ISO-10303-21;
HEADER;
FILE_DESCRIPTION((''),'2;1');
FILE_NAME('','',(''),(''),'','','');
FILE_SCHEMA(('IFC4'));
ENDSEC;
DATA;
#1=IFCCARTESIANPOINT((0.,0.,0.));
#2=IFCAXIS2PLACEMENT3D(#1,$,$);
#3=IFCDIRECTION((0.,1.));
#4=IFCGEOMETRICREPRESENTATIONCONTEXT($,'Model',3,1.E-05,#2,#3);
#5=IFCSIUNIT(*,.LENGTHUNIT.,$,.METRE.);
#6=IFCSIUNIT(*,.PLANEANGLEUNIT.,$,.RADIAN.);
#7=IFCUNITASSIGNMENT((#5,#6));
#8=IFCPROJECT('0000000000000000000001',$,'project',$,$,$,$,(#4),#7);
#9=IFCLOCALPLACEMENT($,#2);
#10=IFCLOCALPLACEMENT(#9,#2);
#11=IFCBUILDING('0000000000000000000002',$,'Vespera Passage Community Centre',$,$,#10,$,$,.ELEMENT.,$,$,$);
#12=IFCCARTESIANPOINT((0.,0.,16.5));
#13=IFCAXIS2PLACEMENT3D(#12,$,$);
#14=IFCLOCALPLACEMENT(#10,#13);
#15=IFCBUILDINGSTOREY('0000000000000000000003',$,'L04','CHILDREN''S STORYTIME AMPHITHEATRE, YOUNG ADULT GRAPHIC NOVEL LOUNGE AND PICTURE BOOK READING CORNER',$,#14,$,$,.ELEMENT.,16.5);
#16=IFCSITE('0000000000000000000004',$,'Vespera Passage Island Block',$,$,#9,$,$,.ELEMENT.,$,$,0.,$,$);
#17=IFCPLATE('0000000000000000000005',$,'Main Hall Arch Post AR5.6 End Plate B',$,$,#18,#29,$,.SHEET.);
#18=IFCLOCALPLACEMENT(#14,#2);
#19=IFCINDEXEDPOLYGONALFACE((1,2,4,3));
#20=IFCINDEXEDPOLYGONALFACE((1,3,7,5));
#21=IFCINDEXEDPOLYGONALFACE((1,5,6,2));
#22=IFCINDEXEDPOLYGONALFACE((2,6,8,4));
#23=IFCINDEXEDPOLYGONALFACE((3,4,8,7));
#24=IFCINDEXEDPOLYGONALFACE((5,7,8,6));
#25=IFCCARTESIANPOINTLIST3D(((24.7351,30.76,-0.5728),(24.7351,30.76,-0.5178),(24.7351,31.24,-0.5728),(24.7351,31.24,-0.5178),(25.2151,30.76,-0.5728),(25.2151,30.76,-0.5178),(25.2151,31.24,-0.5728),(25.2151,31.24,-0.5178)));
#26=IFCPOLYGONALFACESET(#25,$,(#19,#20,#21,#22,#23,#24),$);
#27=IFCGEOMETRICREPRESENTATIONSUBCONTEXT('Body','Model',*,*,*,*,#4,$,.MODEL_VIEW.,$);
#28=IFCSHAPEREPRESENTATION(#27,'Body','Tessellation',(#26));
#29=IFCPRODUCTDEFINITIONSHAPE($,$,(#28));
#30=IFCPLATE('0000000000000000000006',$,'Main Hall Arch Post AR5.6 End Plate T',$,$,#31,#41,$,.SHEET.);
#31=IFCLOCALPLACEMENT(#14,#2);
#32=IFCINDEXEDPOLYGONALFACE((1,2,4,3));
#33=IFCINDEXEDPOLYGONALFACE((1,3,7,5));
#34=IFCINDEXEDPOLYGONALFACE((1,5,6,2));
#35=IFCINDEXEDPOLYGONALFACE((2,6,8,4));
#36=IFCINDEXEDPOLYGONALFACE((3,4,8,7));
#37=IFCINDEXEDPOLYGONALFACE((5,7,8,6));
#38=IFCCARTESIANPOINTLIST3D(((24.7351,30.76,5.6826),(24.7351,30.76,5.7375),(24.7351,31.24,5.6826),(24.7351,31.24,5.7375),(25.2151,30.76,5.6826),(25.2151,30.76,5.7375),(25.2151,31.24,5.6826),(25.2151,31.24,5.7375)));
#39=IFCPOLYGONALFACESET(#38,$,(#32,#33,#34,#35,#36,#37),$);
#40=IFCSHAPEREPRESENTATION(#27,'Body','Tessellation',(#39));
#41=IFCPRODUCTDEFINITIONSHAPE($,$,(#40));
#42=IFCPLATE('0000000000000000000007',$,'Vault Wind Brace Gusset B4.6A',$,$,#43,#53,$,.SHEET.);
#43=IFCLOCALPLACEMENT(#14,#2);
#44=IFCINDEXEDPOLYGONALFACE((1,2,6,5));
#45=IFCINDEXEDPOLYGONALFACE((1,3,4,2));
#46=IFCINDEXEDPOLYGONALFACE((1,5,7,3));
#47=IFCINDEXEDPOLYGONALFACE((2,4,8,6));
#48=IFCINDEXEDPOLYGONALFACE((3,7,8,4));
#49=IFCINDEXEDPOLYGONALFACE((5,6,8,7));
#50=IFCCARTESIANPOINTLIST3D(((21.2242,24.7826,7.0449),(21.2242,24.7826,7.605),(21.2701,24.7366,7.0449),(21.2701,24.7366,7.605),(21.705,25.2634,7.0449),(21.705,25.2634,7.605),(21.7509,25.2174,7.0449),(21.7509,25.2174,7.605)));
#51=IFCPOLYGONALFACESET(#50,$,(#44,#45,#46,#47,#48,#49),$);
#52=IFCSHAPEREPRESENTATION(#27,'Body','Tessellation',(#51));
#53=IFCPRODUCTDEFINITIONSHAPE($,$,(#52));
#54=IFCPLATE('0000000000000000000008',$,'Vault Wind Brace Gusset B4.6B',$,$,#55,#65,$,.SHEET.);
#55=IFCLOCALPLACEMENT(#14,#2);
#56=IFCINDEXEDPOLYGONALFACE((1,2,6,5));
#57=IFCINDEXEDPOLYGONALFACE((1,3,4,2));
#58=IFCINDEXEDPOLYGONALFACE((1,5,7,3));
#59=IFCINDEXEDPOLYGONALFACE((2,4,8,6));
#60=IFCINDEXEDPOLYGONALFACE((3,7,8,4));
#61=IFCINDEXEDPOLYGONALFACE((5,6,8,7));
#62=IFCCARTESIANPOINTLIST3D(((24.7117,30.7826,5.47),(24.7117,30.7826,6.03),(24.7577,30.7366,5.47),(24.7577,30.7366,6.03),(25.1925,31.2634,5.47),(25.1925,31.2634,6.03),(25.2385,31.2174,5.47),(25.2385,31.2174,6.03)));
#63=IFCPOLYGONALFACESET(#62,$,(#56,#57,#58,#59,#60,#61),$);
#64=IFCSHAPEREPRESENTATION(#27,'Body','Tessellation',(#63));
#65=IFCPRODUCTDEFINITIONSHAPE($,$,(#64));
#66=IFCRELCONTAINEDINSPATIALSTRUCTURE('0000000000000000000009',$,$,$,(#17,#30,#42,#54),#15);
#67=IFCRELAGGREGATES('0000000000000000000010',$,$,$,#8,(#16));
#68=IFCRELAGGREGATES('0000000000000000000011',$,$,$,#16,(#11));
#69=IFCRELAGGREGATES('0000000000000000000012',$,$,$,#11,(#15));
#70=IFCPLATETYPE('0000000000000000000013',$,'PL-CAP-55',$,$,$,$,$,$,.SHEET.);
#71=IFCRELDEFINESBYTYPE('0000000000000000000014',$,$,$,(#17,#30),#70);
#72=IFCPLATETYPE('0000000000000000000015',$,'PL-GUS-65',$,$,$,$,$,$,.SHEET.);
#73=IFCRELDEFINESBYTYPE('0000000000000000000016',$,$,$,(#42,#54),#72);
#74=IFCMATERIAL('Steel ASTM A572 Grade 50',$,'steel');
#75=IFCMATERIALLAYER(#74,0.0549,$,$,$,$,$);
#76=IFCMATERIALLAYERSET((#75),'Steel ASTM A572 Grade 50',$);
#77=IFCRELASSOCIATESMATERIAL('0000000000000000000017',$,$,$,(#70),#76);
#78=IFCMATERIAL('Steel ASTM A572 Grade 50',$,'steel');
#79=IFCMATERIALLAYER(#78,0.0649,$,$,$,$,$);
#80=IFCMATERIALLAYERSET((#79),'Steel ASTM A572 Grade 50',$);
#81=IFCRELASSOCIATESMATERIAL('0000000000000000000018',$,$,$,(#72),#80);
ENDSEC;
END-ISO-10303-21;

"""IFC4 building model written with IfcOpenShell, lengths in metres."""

from ifc_helpers import new_model, si_unit, direction, frame, origin, origin_2d, place, context, subcontext, project, spatial, rectangle, extrude, material, layer, layer_set, type_object, element, save


model = new_model("IFC4")

# Units and contexts
model_context = context("Model", 3, precision=1e-05, world=origin(), true_north=direction((0.0, 1.0)))
body_context = subcontext(model_context, "Body", "Model", "MODEL_VIEW")
ifc_project = project(units=[si_unit("LENGTHUNIT", "METRE"), si_unit("PLANEANGLEUNIT", "RADIAN")], contexts=[model_context])

# Site, building, storey
site_placement = place(None, origin())
site = spatial("IfcSite", under=ifc_project, at=site_placement, Name="Vespera Passage Island Block", CompositionType="ELEMENT", RefElevation=0.0)
building_placement = place(site_placement, origin())
building = spatial("IfcBuilding", under=site, at=building_placement, Name="Vespera Passage Community Centre", CompositionType="ELEMENT")
storey_placement = place(building_placement, frame((0.0, 0.0, 16.5)))
storey = spatial("IfcBuildingStorey", under=building, at=storey_placement, Name="L04", Description="CHILDREN'S STORYTIME AMPHITHEATRE, YOUNG ADULT GRAPHIC NOVEL LOUNGE AND PICTURE BOOK READING CORNER", CompositionType="ELEMENT", Elevation=16.5)

# Plates
ifc_material_1 = material(Name="Steel ASTM A572 Grade 50", Category="steel")
ifc_layer_1 = layer(ifc_material_1, 0.0549)
ifc_layer_set_1 = layer_set([ifc_layer_1], Name="Steel ASTM A572 Grade 50")
plate_type_1 = type_object("IfcPlateType", Name="PL-CAP-55", PredefinedType="SHEET", material=ifc_layer_set_1)
for number, where, z_axis, x_axis, name in (
    (1, (24.9751, 31.0, -0.5728), (0.0, 0.0, 1.0), (1.0, 0.0, 0.0), "Main Hall Arch Post AR5.6 End Plate B"),
    (2, (24.9751, 31.0, 5.6826), (0.0, 0.0, 1.0), (1.0, 0.0, 0.0), "Main Hall Arch Post AR5.6 End Plate T"),
):
    element("IfcPlate", number, at=place(storey_placement, frame(where, z_axis=z_axis, x_axis=x_axis)), inside=storey, type_object=plate_type_1, Name=name, PredefinedType="SHEET", context=body_context, shape_type="SweptSolid", body=[
        extrude(rectangle(XDim=0.48, YDim=0.48, at=origin_2d()), origin(), (0.0, 0.0, 1.0), 0.0549),
    ])
ifc_material_2 = material(Name="Steel ASTM A572 Grade 50", Category="steel")
ifc_layer_2 = layer(ifc_material_2, 0.0649)
ifc_layer_set_2 = layer_set([ifc_layer_2], Name="Steel ASTM A572 Grade 50")
plate_type_2 = type_object("IfcPlateType", Name="PL-GUS-65", PredefinedType="SHEET", material=ifc_layer_set_2)
for number, where, z_axis, x_axis, name in (
    (3, (21.4875, 25.0, 7.0449), (0.0, 0.0, 1.0), (0.707107, 0.707107, 0.0), "Vault Wind Brace Gusset B4.6A"),
    (4, (24.9751, 31.0, 5.47), (0.0, 0.0, 1.0), (0.707107, 0.707107, 0.0), "Vault Wind Brace Gusset B4.6B"),
):
    element("IfcPlate", number, at=place(storey_placement, frame(where, z_axis=z_axis, x_axis=x_axis)), inside=storey, type_object=plate_type_2, Name=name, PredefinedType="SHEET", context=body_context, shape_type="SweptSolid", body=[
        extrude(rectangle(XDim=0.6799, YDim=0.0649, at=origin_2d()), origin(), (0.0, 0.0, 1.0), 0.5601),
    ])

save(model, "model.ifc")
